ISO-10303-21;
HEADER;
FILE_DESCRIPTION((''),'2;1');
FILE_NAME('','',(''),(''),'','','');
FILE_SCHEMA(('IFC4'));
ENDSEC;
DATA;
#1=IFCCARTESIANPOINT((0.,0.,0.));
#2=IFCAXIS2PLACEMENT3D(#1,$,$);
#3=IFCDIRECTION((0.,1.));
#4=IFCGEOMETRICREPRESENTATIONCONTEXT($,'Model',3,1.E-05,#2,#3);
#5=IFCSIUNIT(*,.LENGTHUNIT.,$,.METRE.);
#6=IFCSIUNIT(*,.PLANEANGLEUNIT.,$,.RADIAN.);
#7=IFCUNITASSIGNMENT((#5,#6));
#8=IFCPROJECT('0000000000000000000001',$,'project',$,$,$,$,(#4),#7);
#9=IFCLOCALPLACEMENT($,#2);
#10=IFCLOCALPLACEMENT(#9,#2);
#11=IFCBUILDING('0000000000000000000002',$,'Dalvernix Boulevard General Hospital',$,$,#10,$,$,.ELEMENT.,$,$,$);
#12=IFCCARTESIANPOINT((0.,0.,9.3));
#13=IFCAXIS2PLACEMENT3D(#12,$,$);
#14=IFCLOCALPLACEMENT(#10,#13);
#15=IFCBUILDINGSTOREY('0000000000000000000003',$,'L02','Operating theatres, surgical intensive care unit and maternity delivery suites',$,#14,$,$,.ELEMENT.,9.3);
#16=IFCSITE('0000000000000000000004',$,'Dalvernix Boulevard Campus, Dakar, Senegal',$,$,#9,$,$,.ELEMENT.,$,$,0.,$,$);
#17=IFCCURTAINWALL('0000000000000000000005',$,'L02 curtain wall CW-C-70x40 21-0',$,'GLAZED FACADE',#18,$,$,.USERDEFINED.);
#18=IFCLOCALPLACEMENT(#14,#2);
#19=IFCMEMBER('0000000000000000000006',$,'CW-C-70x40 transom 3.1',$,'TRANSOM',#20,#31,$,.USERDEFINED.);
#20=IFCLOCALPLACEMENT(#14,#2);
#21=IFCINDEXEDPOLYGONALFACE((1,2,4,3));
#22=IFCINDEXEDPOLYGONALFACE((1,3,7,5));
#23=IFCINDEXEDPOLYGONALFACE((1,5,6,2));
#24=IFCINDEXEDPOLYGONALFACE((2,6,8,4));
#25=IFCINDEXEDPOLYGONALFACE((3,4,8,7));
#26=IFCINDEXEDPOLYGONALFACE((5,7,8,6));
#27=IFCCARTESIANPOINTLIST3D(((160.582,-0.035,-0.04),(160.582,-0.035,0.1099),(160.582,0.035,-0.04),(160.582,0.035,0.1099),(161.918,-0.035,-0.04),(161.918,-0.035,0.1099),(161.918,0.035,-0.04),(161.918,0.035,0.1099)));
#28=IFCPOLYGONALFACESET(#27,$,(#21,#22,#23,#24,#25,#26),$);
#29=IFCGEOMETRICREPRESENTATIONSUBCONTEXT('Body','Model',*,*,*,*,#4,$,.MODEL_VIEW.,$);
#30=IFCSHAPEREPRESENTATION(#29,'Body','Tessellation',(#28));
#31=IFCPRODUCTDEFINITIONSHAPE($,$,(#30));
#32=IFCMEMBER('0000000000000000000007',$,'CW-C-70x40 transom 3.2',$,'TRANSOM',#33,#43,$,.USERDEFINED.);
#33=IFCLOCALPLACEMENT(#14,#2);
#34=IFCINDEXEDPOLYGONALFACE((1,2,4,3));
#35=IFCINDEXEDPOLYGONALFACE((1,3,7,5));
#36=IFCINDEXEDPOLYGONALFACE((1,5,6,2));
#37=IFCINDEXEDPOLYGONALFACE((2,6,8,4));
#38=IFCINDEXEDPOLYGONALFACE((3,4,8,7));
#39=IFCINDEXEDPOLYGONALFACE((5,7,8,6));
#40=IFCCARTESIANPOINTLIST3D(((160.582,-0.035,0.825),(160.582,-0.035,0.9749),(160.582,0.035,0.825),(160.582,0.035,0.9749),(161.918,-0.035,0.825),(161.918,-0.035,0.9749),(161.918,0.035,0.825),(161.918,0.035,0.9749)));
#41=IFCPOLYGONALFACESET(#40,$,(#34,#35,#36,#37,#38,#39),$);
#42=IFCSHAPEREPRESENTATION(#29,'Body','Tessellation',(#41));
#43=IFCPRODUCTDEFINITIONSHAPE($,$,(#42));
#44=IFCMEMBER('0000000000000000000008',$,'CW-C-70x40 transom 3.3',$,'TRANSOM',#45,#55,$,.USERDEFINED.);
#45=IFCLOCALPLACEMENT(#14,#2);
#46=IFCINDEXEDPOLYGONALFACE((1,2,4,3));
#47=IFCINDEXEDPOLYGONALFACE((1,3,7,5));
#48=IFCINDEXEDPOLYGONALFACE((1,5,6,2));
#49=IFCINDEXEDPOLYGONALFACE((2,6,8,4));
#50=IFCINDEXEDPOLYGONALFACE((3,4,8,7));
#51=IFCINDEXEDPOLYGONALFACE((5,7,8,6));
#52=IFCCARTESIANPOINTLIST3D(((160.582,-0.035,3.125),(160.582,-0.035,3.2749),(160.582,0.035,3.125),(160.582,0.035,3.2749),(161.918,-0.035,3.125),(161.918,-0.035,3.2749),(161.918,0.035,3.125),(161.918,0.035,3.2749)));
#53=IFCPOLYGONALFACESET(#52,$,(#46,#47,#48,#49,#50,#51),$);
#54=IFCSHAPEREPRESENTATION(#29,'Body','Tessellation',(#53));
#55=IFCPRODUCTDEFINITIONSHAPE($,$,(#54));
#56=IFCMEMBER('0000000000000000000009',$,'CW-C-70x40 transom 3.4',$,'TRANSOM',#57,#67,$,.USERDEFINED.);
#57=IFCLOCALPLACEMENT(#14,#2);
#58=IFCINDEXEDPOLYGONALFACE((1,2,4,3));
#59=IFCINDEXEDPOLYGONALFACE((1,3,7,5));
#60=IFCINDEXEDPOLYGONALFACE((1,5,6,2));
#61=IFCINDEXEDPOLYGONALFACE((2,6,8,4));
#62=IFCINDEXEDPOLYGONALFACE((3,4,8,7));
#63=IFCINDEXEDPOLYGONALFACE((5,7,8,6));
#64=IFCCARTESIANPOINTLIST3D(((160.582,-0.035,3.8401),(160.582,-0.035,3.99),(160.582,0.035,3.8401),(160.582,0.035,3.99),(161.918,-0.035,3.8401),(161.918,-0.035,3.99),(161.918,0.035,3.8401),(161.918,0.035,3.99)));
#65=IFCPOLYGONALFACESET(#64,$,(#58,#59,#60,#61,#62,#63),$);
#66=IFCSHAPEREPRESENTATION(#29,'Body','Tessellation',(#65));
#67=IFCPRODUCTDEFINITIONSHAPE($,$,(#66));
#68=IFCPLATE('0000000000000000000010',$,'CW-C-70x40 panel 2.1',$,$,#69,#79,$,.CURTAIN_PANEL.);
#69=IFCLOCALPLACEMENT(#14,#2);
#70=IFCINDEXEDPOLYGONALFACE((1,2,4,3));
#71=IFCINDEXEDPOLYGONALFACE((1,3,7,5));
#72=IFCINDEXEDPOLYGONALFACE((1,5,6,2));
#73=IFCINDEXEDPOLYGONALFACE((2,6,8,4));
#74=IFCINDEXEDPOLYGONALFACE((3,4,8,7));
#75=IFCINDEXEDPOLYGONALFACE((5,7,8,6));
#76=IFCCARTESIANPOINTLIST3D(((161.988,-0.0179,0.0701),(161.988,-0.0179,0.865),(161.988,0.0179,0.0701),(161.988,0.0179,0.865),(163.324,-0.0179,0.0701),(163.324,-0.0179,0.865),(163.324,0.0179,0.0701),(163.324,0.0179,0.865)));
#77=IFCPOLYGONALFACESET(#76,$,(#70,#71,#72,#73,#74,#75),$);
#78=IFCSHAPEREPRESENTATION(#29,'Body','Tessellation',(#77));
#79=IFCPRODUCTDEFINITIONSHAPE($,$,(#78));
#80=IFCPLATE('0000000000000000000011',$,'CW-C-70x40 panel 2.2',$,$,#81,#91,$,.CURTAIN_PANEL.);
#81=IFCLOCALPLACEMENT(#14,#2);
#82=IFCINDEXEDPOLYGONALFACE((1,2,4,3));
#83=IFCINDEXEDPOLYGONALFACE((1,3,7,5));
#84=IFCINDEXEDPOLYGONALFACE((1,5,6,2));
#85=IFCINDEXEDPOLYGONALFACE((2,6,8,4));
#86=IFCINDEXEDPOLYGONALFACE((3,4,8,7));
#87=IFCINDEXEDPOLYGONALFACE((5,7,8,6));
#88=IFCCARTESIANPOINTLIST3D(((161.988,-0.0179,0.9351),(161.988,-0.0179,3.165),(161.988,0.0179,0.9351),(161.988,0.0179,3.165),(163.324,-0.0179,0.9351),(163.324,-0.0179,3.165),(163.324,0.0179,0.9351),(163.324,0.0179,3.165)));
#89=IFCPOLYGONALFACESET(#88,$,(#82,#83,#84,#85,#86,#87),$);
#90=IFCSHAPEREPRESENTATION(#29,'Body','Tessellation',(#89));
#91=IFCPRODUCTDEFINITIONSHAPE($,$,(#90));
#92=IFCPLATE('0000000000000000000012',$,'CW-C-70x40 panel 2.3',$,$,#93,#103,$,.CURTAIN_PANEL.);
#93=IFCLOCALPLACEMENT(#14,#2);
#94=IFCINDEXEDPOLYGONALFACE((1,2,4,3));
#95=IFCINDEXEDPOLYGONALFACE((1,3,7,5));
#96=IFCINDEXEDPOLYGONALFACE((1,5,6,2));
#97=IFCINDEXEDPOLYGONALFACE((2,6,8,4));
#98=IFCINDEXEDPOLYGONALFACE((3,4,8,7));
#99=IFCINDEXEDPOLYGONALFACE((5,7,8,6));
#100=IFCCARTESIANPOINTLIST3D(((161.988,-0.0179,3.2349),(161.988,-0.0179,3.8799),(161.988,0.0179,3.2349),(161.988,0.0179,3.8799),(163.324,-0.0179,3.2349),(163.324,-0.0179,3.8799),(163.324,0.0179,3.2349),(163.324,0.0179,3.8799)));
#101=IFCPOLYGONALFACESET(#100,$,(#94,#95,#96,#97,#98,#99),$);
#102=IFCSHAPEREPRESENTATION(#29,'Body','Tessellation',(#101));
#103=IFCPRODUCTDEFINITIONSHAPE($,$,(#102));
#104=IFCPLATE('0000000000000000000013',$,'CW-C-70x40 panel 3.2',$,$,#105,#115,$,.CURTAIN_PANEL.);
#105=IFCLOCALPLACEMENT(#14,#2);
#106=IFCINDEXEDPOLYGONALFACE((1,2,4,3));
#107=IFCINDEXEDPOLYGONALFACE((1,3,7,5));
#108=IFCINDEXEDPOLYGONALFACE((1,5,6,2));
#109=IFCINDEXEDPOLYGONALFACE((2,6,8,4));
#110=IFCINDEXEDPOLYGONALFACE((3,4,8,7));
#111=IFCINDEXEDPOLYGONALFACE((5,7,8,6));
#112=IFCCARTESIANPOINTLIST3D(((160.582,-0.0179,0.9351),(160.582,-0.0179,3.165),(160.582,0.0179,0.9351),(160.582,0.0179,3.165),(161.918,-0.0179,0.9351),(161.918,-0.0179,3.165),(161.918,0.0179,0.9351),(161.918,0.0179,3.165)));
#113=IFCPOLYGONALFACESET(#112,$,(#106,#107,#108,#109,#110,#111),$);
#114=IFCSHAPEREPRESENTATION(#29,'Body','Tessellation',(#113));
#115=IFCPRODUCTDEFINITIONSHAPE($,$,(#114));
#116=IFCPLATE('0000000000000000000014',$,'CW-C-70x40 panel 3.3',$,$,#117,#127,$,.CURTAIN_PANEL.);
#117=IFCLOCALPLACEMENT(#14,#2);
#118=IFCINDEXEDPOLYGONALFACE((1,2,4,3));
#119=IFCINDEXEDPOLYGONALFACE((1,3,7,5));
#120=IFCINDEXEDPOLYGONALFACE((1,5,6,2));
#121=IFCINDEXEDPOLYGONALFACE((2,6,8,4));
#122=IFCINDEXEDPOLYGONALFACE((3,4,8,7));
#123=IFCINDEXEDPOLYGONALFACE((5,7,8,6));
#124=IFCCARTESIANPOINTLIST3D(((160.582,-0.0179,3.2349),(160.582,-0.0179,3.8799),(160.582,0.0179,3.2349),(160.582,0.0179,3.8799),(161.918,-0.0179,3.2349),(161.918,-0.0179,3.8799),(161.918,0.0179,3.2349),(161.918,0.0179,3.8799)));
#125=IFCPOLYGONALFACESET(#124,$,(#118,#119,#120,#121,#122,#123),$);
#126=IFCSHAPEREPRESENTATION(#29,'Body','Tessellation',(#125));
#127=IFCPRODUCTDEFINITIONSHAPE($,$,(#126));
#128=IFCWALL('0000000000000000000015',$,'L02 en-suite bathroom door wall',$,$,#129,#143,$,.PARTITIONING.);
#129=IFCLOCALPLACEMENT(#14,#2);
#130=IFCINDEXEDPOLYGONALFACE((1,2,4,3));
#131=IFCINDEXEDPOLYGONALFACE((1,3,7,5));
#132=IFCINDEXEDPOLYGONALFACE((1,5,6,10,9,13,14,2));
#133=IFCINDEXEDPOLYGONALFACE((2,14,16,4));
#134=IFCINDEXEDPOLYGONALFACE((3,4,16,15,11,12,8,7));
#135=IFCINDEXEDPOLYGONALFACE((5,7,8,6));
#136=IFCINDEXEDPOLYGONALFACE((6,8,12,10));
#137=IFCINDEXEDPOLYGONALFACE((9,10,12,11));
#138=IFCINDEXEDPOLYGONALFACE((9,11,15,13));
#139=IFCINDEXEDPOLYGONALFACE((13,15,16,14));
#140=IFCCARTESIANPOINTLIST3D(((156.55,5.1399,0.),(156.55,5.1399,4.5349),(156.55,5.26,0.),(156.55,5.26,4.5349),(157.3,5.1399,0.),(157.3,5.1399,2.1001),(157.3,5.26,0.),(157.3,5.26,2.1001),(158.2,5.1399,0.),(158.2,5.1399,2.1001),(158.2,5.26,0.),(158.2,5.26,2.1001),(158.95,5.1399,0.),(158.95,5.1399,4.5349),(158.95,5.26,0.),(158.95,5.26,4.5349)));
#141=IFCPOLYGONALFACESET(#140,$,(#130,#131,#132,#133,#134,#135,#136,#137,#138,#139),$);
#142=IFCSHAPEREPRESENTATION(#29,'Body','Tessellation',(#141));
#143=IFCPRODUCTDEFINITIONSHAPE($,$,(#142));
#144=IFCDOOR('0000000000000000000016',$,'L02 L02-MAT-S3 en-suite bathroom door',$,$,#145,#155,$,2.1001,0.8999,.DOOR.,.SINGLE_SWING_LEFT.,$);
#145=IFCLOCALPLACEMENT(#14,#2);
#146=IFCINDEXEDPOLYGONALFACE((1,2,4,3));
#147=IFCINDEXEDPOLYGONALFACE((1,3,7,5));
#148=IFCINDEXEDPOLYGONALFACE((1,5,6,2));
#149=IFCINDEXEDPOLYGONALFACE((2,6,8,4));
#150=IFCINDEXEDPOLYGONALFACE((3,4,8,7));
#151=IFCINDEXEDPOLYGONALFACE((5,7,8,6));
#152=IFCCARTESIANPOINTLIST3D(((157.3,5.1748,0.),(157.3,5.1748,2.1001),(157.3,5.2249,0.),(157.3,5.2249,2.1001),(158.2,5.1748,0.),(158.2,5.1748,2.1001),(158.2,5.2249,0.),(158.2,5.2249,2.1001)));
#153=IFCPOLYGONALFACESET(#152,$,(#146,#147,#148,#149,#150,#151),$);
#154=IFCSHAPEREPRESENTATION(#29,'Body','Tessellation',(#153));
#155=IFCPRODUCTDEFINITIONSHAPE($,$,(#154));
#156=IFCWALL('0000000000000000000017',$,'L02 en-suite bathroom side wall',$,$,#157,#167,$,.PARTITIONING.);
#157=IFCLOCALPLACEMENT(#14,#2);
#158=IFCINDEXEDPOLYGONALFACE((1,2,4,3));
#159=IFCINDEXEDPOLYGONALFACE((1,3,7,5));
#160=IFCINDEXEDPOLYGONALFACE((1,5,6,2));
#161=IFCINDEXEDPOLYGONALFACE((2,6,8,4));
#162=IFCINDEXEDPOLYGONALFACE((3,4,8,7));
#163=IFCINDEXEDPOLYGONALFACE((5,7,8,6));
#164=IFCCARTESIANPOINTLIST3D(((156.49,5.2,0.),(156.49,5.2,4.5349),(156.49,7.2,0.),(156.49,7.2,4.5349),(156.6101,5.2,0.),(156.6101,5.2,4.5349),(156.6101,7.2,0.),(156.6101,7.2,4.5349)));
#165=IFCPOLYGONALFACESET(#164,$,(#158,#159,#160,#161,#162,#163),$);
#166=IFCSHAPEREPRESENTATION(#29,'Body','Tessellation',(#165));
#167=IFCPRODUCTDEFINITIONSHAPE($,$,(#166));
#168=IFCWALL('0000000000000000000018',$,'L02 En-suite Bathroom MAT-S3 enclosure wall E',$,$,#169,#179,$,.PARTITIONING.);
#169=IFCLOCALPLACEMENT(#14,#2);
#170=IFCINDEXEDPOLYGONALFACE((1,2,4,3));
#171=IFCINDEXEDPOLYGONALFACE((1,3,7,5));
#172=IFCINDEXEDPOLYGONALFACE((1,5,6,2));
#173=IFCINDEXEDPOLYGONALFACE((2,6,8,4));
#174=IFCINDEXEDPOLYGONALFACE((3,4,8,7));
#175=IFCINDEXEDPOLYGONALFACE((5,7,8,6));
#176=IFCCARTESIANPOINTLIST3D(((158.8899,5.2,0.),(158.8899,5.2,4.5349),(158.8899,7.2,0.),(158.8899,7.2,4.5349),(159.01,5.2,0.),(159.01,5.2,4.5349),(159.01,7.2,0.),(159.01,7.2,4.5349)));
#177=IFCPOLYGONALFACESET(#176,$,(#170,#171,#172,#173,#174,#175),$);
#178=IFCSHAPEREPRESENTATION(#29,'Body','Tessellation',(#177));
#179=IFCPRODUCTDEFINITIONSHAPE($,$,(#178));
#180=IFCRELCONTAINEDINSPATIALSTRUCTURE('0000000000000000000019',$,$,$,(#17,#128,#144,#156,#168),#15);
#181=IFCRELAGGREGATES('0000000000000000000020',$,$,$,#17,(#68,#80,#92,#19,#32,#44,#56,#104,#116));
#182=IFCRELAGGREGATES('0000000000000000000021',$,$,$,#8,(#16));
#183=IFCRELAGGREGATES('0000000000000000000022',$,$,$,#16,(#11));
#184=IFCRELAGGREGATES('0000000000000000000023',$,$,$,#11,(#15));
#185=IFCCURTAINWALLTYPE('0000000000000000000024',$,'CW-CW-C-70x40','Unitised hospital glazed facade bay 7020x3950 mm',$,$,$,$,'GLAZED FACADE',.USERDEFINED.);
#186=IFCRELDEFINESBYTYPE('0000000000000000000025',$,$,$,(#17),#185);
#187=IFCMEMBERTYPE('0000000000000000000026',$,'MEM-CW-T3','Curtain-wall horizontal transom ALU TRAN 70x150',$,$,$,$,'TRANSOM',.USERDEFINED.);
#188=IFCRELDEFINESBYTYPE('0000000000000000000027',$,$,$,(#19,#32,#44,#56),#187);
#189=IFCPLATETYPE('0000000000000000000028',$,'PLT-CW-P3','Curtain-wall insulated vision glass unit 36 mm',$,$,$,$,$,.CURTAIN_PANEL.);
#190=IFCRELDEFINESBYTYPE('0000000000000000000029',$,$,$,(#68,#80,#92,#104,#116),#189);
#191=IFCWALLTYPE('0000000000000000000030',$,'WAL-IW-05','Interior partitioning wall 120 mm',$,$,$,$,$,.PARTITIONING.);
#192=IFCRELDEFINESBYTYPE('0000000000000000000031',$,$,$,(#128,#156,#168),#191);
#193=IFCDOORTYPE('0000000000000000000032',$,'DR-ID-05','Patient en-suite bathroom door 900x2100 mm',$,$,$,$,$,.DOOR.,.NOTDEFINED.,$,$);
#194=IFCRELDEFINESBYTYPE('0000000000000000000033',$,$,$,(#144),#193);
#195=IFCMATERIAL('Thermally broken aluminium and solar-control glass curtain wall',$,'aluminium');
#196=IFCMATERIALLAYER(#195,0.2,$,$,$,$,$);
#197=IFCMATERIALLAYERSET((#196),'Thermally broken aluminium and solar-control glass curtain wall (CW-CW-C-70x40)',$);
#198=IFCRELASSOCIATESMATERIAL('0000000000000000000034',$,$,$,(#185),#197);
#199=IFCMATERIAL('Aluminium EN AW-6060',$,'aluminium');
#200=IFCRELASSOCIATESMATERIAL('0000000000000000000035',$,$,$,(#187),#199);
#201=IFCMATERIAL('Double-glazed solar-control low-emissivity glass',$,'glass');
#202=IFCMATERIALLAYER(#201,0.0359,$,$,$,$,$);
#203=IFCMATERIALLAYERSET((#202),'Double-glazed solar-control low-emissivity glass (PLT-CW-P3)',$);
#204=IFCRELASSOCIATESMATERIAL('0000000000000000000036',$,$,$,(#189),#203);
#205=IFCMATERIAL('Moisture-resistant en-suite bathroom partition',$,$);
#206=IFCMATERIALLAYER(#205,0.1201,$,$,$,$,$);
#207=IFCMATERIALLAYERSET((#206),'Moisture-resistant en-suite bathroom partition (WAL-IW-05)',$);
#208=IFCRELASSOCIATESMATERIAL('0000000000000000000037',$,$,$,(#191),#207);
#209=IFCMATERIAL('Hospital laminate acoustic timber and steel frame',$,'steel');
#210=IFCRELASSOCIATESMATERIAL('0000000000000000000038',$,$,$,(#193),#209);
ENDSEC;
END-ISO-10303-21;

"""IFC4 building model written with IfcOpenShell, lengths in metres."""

from ifc_helpers import new_model, si_unit, direction, frame, frame_2d, origin, origin_2d, place, context, subcontext, project, spatial, rectangle, extrude, material, layer, layer_set, material_profile, profile_set, type_object, element, fill, aggregate, save


model = new_model("IFC4")

# Units and contexts
model_context = context("Model", 3, precision=1e-05, world=origin(), true_north=direction((0.0, 1.0)))
body_context = subcontext(model_context, "Body", "Model", "MODEL_VIEW")
ifc_project = project(units=[si_unit("LENGTHUNIT", "METRE"), si_unit("PLANEANGLEUNIT", "RADIAN")], contexts=[model_context])

# Site, building, storey
site_placement = place(None, origin())
site = spatial("IfcSite", under=ifc_project, at=site_placement, Name="Dalvernix Boulevard Campus, Dakar, Senegal", CompositionType="ELEMENT", RefElevation=0.0)
building_placement = place(site_placement, origin())
building = spatial("IfcBuilding", under=site, at=building_placement, Name="Dalvernix Boulevard General Hospital", CompositionType="ELEMENT")
storey_placement = place(building_placement, frame((0.0, 0.0, 9.3)))
storey = spatial("IfcBuildingStorey", under=building, at=storey_placement, Name="L02", Description="Operating theatres, surgical intensive care unit and maternity delivery suites", CompositionType="ELEMENT", Elevation=9.3)

# Curtain wall, members, plates
ifc_material_1 = material(Name="Thermally broken aluminium and solar-control glass curtain wall", Category="aluminium")
ifc_layer_1 = layer(ifc_material_1, 0.2)
ifc_layer_set_1 = layer_set([ifc_layer_1], Name="Thermally broken aluminium and solar-control glass curtain wall (CW-CW-C-70x40)")
curtain_wall_type = type_object("IfcCurtainWallType", Name="CW-CW-C-70x40", Description="Unitised hospital glazed facade bay 7020x3950 mm", ElementType="GLAZED FACADE", PredefinedType="USERDEFINED", material=ifc_layer_set_1)
curtain_wall_placement = place(storey_placement, origin())
curtain_wall = element("IfcCurtainWall", 1, at=curtain_wall_placement, inside=storey, type_object=curtain_wall_type, Name="L02 curtain wall CW-C-70x40 21-0", ObjectType="GLAZED FACADE", PredefinedType="USERDEFINED")
ifc_material_2 = material(Name="Aluminium EN AW-6060", Category="aluminium")
ifc_material_profile_1 = material_profile(ifc_material_2, rectangle(XDim=0.0701, YDim=0.1499, at=origin_2d()), Name="ALU TRAN 70x150")
ifc_profile_set_1 = profile_set([ifc_material_profile_1], Name="Aluminium EN AW-6060")
member_type_1 = type_object("IfcMemberType", Name="MEM-CW-T3", Description="Curtain-wall horizontal transom ALU TRAN 70x150", ElementType="TRANSOM", PredefinedType="USERDEFINED", material=ifc_profile_set_1)
member_1_placement = place(storey_placement, frame((161.918, 0.0, 0.0349), z_axis=(-1.0, 0.0, 0.0), x_axis=(0.0, -1.0, 0.0)))
member_1 = element("IfcMember", 2, at=member_1_placement, type_object=member_type_1, Name="CW-C-70x40 transom 3.1", ObjectType="TRANSOM", PredefinedType="USERDEFINED", context=body_context, shape_type="SweptSolid", body=[
    extrude(rectangle(XDim=0.0701, YDim=0.1499, at=origin_2d()), origin(), (0.0, 0.0, 1.0), 1.3359),
])
member_2_placement = place(storey_placement, frame((161.918, 0.0, 0.8999), z_axis=(-1.0, 0.0, 0.0), x_axis=(0.0, -1.0, 0.0)))
member_2 = element("IfcMember", 3, at=member_2_placement, type_object=member_type_1, Name="CW-C-70x40 transom 3.2", ObjectType="TRANSOM", PredefinedType="USERDEFINED", context=body_context, shape_type="SweptSolid", body=[
    extrude(rectangle(XDim=0.0701, YDim=0.1499, at=origin_2d()), origin(), (0.0, 0.0, 1.0), 1.3359),
])
member_3_placement = place(storey_placement, frame((161.918, 0.0, 3.2), z_axis=(-1.0, 0.0, 0.0), x_axis=(0.0, -1.0, 0.0)))
member_3 = element("IfcMember", 4, at=member_3_placement, type_object=member_type_1, Name="CW-C-70x40 transom 3.3", ObjectType="TRANSOM", PredefinedType="USERDEFINED", context=body_context, shape_type="SweptSolid", body=[
    extrude(rectangle(XDim=0.0701, YDim=0.1499, at=origin_2d()), origin(), (0.0, 0.0, 1.0), 1.3359),
])
member_4_placement = place(storey_placement, frame((161.918, 0.0, 3.915), z_axis=(-1.0, 0.0, 0.0), x_axis=(0.0, -1.0, 0.0)))
member_4 = element("IfcMember", 5, at=member_4_placement, type_object=member_type_1, Name="CW-C-70x40 transom 3.4", ObjectType="TRANSOM", PredefinedType="USERDEFINED", context=body_context, shape_type="SweptSolid", body=[
    extrude(rectangle(XDim=0.0701, YDim=0.1499, at=origin_2d()), origin(), (0.0, 0.0, 1.0), 1.3359),
])
ifc_material_3 = material(Name="Double-glazed solar-control low-emissivity glass", Category="glass")
ifc_layer_2 = layer(ifc_material_3, 0.0359)
ifc_layer_set_2 = layer_set([ifc_layer_2], Name="Double-glazed solar-control low-emissivity glass (PLT-CW-P3)")
plate_type = type_object("IfcPlateType", Name="PLT-CW-P3", Description="Curtain-wall insulated vision glass unit 36 mm", PredefinedType="CURTAIN_PANEL", material=ifc_layer_set_2)
plate_1_placement = place(storey_placement, frame((162.656, 0.0, 0.0701), z_axis=(0.0, 0.0, 1.0), x_axis=(-1.0, 0.0, 0.0)))
plate_1 = element("IfcPlate", 6, at=plate_1_placement, type_object=plate_type, Name="CW-C-70x40 panel 2.1", PredefinedType="CURTAIN_PANEL", context=body_context, shape_type="SweptSolid", body=[
    extrude(rectangle(XDim=1.3359, YDim=0.0359, at=origin_2d()), origin(), (0.0, 0.0, 1.0), 0.7949),
])
plate_2_placement = place(storey_placement, frame((162.656, 0.0, 0.9351), z_axis=(0.0, 0.0, 1.0), x_axis=(-1.0, 0.0, 0.0)))
plate_2 = element("IfcPlate", 7, at=plate_2_placement, type_object=plate_type, Name="CW-C-70x40 panel 2.2", PredefinedType="CURTAIN_PANEL", context=body_context, shape_type="SweptSolid", body=[
    extrude(rectangle(XDim=1.3359, YDim=0.0359, at=origin_2d()), origin(), (0.0, 0.0, 1.0), 2.23),
])
plate_3_placement = place(storey_placement, frame((162.656, 0.0, 3.2349), z_axis=(0.0, 0.0, 1.0), x_axis=(-1.0, 0.0, 0.0)))
plate_3 = element("IfcPlate", 8, at=plate_3_placement, type_object=plate_type, Name="CW-C-70x40 panel 2.3", PredefinedType="CURTAIN_PANEL", context=body_context, shape_type="SweptSolid", body=[
    extrude(rectangle(XDim=1.3359, YDim=0.0359, at=origin_2d()), origin(), (0.0, 0.0, 1.0), 0.645),
])
plate_4_placement = place(storey_placement, frame((161.25, 0.0, 0.9351), z_axis=(0.0, 0.0, 1.0), x_axis=(-1.0, 0.0, 0.0)))
plate_4 = element("IfcPlate", 9, at=plate_4_placement, type_object=plate_type, Name="CW-C-70x40 panel 3.2", PredefinedType="CURTAIN_PANEL", context=body_context, shape_type="SweptSolid", body=[
    extrude(rectangle(XDim=1.3359, YDim=0.0359, at=origin_2d()), origin(), (0.0, 0.0, 1.0), 2.23),
])
plate_5_placement = place(storey_placement, frame((161.25, 0.0, 3.2349), z_axis=(0.0, 0.0, 1.0), x_axis=(-1.0, 0.0, 0.0)))
plate_5 = element("IfcPlate", 10, at=plate_5_placement, type_object=plate_type, Name="CW-C-70x40 panel 3.3", PredefinedType="CURTAIN_PANEL", context=body_context, shape_type="SweptSolid", body=[
    extrude(rectangle(XDim=1.3359, YDim=0.0359, at=origin_2d()), origin(), (0.0, 0.0, 1.0), 0.645),
])
aggregate(curtain_wall, [plate_1, plate_2, plate_3, member_1, member_2, member_3, member_4, plate_4, plate_5])

# Wall, opening, door
ifc_material_4 = material(Name="Moisture-resistant en-suite bathroom partition")
ifc_layer_3 = layer(ifc_material_4, 0.1201)
ifc_layer_set_3 = layer_set([ifc_layer_3], Name="Moisture-resistant en-suite bathroom partition (WAL-IW-05)")
wall_type = type_object("IfcWallType", Name="WAL-IW-05", Description="Interior partitioning wall 120 mm", PredefinedType="PARTITIONING", material=ifc_layer_set_3)
wall_placement = place(storey_placement, frame((156.55, 5.2, 0.0), z_axis=(0.0, 0.0, 1.0), x_axis=(1.0, 0.0, 0.0)))
wall = element("IfcWall", 11, at=wall_placement, inside=storey, type_object=wall_type, Name="L02 en-suite bathroom door wall", PredefinedType="PARTITIONING", context=body_context, shape_type="SweptSolid", body=[
    extrude(rectangle(XDim=2.3999, YDim=0.1201, at=frame_2d((1.2, 0.0))), origin(), (0.0, 0.0, 1.0), 4.5349),
])
opening_placement = place(wall_placement, frame((0.75, 0.0, 0.0)))
opening = element("IfcOpeningElement", 12, at=opening_placement, cuts=wall, PredefinedType="OPENING", context=body_context, shape_type="SweptSolid", body=[
    extrude(rectangle(XDim=0.8999, YDim=2.1001, at=frame_2d((0.45, 1.05))), frame((0.0, 0.0701, 0.0), z_axis=(0.0, -1.0, 0.0), x_axis=(1.0, 0.0, 0.0)), (0.0, 0.0, 1.0), 0.1401),
])
ifc_material_5 = material(Name="Hospital laminate acoustic timber and steel frame", Category="steel")
door_type = type_object("IfcDoorType", Name="DR-ID-05", Description="Patient en-suite bathroom door 900x2100 mm", OperationType="NOTDEFINED", PredefinedType="DOOR", material=ifc_material_5)
door_placement = place(opening_placement, origin())
door = element("IfcDoor", 13, at=door_placement, inside=storey, type_object=door_type, Name="L02 L02-MAT-S3 en-suite bathroom door", OperationType="SINGLE_SWING_LEFT", OverallHeight=2.1001, OverallWidth=0.8999, PredefinedType="DOOR", context=body_context, shape_type="SweptSolid", body=[
    extrude(rectangle(XDim=0.8999, YDim=2.1001, at=frame_2d((0.45, 1.05))), frame((0.0, 0.0249, 0.0), z_axis=(0.0, -1.0, 0.0), x_axis=(1.0, 0.0, 0.0)), (0.0, 0.0, 1.0), 0.05),
])
fill(opening, door)

# Walls
for number, where, z_axis, x_axis, name in (
    (14, (156.55, 5.2, 0.0), (0.0, 0.0, 1.0), (0.0, 1.0, 0.0), "L02 en-suite bathroom side wall"),
    (15, (158.95, 5.2, 0.0), (0.0, 0.0, 1.0), (0.0, 1.0, 0.0), "L02 En-suite Bathroom MAT-S3 enclosure wall E"),
):
    element("IfcWall", number, at=place(storey_placement, frame(where, z_axis=z_axis, x_axis=x_axis)), inside=storey, type_object=wall_type, Name=name, PredefinedType="PARTITIONING", context=body_context, shape_type="SweptSolid", body=[
        extrude(rectangle(XDim=2.0, YDim=0.1201, at=frame_2d((1.0, 0.0))), origin(), (0.0, 0.0, 1.0), 4.5349),
    ])

save(model, "model.ifc")
